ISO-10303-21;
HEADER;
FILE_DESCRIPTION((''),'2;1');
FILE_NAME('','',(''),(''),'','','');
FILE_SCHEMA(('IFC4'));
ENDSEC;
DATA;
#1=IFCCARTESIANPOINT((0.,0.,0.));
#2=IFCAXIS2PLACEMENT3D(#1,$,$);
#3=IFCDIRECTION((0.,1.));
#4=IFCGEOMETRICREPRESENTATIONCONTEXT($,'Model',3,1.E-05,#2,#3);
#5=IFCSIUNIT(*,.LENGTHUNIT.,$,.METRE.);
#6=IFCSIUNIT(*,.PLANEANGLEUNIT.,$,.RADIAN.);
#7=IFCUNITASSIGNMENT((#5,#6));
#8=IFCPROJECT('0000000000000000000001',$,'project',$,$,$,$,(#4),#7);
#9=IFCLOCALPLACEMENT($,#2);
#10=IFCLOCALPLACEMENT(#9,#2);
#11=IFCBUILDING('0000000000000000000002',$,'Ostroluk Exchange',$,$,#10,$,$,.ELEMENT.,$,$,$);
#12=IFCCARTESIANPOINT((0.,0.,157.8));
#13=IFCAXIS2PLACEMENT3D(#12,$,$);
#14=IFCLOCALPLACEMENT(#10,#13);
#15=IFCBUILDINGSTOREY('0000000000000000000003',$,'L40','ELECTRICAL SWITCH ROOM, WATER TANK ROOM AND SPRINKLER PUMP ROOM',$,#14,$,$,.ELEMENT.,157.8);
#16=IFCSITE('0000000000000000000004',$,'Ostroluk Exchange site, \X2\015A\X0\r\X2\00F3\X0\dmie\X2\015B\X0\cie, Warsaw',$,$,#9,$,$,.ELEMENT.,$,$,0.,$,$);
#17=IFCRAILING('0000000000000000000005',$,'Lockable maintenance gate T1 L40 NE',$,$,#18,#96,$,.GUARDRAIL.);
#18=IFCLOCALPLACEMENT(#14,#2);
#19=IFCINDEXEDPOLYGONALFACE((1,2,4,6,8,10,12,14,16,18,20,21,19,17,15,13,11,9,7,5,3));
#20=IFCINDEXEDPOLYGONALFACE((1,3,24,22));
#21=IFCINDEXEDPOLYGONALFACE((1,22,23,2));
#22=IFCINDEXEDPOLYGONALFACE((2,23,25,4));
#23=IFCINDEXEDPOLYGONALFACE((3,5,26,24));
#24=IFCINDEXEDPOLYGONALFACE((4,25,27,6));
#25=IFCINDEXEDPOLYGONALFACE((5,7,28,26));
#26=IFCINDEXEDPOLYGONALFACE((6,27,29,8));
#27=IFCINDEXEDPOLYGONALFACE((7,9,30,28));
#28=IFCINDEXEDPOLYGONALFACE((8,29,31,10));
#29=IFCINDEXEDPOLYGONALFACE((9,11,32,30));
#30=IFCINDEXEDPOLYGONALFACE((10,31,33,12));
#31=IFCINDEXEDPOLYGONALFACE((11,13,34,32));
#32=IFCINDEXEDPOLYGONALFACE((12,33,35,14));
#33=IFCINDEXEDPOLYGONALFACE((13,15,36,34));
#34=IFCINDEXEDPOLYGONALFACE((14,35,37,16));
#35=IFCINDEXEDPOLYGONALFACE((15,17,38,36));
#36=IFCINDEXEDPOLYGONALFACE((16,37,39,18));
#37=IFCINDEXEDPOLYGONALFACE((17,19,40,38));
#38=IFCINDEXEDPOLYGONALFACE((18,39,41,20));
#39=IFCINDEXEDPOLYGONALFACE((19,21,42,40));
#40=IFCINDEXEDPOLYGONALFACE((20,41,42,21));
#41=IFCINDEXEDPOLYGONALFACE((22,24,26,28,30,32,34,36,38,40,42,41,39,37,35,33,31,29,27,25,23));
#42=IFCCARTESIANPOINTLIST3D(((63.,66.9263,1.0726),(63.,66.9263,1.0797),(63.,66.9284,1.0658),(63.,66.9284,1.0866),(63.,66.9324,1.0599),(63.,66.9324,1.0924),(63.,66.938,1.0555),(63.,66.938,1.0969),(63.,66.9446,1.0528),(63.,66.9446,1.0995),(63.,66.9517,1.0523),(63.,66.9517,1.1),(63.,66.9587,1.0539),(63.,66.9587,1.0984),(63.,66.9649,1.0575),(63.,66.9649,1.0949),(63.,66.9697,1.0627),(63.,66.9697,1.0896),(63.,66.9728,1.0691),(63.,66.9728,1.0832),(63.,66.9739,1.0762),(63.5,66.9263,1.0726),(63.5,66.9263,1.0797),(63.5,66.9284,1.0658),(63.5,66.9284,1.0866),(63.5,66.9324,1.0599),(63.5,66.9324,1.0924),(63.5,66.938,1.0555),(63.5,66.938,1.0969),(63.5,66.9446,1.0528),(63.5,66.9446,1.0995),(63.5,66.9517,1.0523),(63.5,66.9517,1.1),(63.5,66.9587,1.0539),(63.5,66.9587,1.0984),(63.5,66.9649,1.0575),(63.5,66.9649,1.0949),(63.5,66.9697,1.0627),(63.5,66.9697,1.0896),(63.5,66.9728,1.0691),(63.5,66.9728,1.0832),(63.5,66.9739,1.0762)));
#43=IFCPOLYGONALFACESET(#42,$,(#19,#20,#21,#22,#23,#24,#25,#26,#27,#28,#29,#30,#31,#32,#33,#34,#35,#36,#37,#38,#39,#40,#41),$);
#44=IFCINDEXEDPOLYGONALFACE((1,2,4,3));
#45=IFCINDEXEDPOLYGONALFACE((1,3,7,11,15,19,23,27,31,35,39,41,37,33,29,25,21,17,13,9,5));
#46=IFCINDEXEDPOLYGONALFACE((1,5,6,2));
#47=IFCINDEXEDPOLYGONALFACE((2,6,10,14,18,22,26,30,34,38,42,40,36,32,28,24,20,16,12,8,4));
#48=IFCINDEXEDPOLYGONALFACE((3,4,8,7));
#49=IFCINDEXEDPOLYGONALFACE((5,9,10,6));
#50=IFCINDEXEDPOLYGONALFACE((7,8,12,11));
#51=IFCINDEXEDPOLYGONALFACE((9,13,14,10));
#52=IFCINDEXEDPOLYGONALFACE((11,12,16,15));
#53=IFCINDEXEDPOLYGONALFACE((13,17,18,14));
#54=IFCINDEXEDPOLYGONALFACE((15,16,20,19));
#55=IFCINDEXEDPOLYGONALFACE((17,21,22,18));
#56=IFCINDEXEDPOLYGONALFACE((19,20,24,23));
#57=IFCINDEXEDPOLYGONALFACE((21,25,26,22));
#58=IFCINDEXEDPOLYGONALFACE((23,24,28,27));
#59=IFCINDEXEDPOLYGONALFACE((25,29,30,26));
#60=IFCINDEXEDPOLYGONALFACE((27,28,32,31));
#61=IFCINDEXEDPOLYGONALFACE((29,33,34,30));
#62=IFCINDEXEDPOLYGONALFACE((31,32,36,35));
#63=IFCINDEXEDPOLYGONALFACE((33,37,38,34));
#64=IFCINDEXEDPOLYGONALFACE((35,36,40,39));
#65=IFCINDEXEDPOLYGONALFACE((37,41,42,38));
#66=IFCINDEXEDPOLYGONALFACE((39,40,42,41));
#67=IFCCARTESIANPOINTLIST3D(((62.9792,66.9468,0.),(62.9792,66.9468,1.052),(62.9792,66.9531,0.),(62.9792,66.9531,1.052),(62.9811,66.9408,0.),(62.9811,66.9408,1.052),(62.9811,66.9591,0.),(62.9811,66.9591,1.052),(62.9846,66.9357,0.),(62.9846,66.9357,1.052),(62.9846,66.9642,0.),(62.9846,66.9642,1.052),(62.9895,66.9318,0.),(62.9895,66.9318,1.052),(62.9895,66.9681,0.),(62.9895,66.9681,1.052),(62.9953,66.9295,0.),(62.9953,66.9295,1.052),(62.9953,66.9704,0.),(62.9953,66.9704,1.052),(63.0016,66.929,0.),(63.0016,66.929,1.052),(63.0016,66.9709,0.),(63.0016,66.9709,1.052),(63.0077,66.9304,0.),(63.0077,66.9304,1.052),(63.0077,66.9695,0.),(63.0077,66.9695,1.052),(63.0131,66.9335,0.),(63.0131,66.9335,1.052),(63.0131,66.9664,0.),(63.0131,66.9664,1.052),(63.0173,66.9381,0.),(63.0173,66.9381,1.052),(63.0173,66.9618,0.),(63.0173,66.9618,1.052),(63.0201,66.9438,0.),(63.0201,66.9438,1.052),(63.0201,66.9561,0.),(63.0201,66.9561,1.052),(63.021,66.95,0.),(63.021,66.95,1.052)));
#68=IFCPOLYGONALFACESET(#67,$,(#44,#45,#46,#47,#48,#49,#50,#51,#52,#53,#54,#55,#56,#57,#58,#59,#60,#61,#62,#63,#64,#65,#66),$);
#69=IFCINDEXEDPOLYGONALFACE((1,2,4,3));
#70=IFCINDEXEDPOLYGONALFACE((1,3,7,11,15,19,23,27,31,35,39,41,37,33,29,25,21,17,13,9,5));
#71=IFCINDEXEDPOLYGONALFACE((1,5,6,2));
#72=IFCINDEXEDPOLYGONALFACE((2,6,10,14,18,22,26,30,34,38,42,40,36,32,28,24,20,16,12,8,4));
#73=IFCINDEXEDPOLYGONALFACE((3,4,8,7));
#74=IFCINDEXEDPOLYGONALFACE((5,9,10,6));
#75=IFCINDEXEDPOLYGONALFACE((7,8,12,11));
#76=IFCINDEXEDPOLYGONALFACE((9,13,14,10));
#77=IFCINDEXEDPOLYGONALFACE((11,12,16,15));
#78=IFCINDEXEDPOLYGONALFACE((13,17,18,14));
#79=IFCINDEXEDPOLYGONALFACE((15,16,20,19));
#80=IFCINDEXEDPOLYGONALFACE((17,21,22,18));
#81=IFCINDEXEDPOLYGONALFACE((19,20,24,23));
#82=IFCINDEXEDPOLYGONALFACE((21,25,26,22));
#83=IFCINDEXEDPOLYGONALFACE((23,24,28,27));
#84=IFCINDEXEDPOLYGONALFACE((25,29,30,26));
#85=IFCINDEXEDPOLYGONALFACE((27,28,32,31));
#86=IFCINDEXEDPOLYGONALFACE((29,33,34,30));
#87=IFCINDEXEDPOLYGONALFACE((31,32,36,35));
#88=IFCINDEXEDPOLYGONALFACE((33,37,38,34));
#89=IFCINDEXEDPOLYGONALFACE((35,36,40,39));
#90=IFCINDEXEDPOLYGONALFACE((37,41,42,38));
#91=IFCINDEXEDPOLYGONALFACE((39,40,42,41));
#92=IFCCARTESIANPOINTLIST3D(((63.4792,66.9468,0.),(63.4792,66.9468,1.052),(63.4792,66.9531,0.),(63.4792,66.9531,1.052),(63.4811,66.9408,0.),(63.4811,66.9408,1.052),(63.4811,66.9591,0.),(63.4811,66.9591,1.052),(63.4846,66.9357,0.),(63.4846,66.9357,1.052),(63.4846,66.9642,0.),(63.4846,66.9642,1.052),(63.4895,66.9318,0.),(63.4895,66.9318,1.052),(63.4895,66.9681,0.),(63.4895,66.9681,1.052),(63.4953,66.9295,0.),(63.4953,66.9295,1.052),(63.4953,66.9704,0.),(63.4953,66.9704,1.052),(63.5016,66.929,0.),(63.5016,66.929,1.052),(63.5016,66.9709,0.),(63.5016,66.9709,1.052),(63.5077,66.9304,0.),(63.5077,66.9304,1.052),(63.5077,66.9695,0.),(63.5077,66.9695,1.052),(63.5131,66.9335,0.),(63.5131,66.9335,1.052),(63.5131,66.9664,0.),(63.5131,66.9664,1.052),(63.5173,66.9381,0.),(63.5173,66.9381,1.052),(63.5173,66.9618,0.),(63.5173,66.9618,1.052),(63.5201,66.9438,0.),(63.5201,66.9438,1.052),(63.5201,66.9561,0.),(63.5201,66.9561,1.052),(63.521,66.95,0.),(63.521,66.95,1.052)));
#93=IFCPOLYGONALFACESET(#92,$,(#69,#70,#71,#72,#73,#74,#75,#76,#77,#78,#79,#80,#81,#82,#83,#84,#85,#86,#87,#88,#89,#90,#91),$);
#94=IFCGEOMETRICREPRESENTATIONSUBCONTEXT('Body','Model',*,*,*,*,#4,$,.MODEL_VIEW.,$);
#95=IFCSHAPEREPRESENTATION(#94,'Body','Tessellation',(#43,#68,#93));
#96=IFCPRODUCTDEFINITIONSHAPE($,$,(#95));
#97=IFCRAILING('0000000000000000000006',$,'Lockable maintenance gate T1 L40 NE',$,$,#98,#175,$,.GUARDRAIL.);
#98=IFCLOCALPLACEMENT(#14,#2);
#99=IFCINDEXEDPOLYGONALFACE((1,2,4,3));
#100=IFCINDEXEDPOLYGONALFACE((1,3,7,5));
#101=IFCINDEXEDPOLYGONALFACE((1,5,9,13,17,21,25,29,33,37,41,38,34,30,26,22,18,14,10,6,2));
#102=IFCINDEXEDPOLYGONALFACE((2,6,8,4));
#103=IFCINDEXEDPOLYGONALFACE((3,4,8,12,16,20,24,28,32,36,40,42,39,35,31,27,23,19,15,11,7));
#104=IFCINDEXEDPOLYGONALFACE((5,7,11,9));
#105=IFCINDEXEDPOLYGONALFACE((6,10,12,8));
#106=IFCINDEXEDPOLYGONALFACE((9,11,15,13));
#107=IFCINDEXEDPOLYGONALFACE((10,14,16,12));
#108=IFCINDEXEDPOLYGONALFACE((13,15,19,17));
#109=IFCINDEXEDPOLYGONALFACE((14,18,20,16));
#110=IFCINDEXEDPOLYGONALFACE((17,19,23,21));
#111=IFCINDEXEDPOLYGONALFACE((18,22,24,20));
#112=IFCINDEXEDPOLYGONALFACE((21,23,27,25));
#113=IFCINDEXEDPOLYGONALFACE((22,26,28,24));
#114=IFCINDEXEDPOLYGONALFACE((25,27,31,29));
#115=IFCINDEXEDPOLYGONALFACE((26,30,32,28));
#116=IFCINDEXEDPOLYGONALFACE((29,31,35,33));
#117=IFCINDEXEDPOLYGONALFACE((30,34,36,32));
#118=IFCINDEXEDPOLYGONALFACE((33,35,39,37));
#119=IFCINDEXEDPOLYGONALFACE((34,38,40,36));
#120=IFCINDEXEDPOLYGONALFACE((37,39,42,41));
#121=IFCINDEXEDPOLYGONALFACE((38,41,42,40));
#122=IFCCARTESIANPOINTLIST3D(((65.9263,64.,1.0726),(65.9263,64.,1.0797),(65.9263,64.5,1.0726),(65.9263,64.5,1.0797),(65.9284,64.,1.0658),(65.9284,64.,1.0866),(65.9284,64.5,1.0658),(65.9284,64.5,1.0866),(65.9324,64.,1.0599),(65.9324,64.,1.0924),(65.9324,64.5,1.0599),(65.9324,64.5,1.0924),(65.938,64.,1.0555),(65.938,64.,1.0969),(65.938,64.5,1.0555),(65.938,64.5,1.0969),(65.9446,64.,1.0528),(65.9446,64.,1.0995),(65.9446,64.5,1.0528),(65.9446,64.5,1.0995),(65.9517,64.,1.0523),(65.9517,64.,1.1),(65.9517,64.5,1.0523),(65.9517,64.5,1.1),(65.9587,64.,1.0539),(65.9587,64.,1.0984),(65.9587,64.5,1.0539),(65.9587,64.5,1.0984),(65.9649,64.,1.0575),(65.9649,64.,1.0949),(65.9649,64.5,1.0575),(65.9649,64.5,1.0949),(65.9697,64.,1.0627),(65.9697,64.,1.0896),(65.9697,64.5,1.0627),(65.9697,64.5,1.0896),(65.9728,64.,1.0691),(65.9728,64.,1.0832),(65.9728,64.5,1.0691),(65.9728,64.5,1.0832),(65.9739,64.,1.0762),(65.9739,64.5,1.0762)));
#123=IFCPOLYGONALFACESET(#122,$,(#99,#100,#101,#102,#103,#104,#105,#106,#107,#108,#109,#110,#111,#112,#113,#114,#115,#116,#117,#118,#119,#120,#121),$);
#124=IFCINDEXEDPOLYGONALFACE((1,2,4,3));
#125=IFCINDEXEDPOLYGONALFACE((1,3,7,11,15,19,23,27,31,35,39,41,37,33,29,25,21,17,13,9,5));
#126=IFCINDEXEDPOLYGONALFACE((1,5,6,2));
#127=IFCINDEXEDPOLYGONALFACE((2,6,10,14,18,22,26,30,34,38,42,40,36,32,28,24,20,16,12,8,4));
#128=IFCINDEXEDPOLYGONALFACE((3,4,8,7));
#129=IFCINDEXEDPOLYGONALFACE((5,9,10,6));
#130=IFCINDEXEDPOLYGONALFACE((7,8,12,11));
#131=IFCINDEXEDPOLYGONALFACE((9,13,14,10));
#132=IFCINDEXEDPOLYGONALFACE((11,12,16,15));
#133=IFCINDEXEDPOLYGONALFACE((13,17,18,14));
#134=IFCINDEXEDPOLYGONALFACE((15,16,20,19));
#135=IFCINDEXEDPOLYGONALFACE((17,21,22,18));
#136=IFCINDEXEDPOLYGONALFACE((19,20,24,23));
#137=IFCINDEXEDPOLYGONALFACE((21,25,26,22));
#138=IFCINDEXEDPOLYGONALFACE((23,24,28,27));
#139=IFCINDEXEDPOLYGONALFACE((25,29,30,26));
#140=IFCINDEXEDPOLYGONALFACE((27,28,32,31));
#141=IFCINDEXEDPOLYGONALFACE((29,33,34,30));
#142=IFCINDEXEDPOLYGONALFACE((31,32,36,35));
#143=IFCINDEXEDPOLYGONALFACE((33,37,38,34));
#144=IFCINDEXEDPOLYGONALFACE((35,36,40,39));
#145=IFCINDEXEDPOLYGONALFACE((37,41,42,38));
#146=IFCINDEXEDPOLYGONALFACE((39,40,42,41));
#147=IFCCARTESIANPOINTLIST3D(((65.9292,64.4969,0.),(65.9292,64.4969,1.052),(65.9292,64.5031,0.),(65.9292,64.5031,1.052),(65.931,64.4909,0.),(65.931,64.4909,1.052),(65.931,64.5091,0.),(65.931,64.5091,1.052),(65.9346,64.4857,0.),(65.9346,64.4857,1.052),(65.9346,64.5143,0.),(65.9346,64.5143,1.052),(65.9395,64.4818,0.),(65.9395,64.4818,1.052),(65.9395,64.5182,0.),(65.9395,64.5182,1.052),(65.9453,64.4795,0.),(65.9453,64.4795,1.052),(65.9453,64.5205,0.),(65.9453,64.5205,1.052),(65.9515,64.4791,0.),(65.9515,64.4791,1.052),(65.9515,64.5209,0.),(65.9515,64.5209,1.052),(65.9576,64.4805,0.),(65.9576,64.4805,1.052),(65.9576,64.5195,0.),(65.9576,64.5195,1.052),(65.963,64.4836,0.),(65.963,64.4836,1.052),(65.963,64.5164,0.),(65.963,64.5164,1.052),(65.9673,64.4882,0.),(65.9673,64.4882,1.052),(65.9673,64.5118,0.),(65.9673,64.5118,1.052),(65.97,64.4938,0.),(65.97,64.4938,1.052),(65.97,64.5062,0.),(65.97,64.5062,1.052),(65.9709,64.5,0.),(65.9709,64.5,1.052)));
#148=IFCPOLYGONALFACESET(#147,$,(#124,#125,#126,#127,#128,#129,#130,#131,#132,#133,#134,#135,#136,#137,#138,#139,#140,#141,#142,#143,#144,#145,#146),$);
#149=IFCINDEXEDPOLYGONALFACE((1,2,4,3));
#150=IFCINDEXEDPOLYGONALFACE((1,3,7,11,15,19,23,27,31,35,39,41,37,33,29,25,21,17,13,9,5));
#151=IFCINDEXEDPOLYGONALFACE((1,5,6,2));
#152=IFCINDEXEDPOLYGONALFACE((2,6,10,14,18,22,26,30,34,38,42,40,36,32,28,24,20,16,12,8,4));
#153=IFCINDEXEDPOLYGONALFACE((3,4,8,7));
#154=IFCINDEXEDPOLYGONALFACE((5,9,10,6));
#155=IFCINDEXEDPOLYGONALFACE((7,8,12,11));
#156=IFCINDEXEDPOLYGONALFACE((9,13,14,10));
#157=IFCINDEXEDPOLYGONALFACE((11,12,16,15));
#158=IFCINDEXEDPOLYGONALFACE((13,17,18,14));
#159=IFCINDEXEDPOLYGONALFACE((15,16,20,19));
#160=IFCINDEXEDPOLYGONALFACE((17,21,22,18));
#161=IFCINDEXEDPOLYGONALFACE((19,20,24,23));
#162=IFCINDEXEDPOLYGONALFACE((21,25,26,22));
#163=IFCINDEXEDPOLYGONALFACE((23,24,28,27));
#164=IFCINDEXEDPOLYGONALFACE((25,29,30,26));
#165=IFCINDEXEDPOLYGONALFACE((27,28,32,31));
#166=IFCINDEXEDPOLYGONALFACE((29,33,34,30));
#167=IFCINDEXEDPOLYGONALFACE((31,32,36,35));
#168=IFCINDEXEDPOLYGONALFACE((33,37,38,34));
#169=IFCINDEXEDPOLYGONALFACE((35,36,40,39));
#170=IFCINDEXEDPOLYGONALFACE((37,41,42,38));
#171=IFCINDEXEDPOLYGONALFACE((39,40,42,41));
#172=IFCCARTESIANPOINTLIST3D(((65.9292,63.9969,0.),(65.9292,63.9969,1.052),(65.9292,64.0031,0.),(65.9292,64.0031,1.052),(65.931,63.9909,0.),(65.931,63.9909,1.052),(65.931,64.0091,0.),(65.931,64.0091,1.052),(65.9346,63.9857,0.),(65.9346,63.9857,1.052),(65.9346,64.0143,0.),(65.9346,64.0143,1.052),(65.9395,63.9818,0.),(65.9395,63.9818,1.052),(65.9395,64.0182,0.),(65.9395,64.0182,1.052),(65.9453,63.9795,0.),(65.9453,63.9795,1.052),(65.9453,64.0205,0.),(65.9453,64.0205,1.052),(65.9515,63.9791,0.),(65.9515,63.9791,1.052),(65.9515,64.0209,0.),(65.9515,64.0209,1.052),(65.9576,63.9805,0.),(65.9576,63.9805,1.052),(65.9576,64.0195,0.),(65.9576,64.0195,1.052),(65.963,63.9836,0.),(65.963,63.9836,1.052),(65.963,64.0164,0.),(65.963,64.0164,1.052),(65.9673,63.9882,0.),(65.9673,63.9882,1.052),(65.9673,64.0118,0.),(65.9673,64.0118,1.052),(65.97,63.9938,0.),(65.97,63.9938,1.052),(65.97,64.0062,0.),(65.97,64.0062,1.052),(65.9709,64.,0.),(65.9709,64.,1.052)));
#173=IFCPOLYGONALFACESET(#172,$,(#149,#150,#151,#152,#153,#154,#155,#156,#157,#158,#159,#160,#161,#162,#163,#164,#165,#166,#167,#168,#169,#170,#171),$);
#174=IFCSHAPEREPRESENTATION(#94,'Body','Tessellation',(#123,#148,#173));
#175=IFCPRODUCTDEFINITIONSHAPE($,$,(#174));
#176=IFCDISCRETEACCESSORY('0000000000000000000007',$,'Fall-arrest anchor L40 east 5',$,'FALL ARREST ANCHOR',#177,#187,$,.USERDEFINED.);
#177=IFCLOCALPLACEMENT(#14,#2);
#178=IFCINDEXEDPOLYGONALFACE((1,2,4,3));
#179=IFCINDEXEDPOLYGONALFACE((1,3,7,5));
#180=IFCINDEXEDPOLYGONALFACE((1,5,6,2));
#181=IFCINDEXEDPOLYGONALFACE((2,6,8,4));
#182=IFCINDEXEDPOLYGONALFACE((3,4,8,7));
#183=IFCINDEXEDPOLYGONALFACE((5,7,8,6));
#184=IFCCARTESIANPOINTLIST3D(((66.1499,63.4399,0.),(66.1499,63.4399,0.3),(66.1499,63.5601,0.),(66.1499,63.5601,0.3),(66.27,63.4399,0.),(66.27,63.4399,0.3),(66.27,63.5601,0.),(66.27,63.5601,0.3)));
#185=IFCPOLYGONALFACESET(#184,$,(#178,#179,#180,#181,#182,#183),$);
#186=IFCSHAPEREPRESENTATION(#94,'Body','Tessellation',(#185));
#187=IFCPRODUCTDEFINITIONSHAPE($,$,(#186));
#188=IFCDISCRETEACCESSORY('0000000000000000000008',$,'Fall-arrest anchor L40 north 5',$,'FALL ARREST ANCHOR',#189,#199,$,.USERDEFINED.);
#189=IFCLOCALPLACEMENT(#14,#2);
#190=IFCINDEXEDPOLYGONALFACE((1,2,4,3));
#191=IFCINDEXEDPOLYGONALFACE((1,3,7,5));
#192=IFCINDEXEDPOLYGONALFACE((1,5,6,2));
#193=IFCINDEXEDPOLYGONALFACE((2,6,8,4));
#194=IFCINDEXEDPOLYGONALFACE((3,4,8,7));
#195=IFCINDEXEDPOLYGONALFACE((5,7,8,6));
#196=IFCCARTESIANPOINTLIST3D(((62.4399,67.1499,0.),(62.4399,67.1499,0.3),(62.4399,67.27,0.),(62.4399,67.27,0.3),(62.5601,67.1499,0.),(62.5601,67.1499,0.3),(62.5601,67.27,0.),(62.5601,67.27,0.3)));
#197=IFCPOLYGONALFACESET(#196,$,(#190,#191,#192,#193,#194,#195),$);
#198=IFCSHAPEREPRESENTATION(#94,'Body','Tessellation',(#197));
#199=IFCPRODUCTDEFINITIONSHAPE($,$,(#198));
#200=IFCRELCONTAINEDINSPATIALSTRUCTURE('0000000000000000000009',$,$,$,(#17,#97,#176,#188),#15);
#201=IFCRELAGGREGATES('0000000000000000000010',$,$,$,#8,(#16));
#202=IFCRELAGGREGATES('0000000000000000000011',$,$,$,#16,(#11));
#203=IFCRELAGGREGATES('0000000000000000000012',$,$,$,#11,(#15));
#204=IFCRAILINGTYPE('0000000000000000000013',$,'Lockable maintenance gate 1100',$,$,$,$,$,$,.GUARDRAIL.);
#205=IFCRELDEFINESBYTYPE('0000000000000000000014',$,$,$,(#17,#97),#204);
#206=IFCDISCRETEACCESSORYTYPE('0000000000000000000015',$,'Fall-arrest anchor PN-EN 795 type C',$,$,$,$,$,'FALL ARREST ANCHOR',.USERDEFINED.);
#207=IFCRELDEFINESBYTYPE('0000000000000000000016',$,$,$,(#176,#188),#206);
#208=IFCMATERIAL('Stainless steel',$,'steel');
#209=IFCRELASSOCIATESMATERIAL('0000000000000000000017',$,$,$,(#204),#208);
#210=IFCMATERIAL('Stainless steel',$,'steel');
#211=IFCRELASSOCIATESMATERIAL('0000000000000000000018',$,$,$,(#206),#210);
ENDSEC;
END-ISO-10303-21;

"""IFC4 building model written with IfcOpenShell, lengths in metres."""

from ifc_helpers import new_model, si_unit, direction, frame, origin, origin_2d, place, context, subcontext, project, spatial, rectangle, circle, extrude, material, type_object, element, save


model = new_model("IFC4")

# Units and contexts
model_context = context("Model", 3, precision=1e-05, world=origin(), true_north=direction((0.0, 1.0)))
body_context = subcontext(model_context, "Body", "Model", "MODEL_VIEW")
ifc_project = project(units=[si_unit("LENGTHUNIT", "METRE"), si_unit("PLANEANGLEUNIT", "RADIAN")], contexts=[model_context])

# Site, building, storey
site_placement = place(None, origin())
site = spatial("IfcSite", under=ifc_project, at=site_placement, Name="Ostroluk Exchange site, Śródmieście, Warsaw", CompositionType="ELEMENT", RefElevation=0.0)
building_placement = place(site_placement, origin())
building = spatial("IfcBuilding", under=site, at=building_placement, Name="Ostroluk Exchange", CompositionType="ELEMENT")
storey_placement = place(building_placement, frame((0.0, 0.0, 157.8)))
storey = spatial("IfcBuildingStorey", under=building, at=storey_placement, Name="L40", Description="ELECTRICAL SWITCH ROOM, WATER TANK ROOM AND SPRINKLER PUMP ROOM", CompositionType="ELEMENT", Elevation=157.8)

# Railings
ifc_material_1 = material(Name="Stainless steel", Category="steel")
railing_type_1 = type_object("IfcRailingType", Name="Lockable maintenance gate 1100", PredefinedType="GUARDRAIL", material=ifc_material_1)
railing_1_placement = place(storey_placement, frame((63.0, 66.95, 0.0)))
element("IfcRailing", 1, at=railing_1_placement, inside=storey, type_object=railing_type_1, Name="Lockable maintenance gate T1 L40 NE", PredefinedType="GUARDRAIL", context=body_context, shape_type="SweptSolid", body=[
    extrude(circle(Radius=0.0239, at=origin_2d()), frame((0.0, 0.0, 1.0762), z_axis=(1.0, 0.0, 0.0), x_axis=(0.0, 1.0, 0.0)), (0.0, 0.0, 1.0), 0.5),
    extrude(circle(Radius=0.021, at=origin_2d()), origin(), (0.0, 0.0, 1.0), 1.052),
    extrude(circle(Radius=0.021, at=origin_2d()), frame((0.5, 0.0, 0.0)), (0.0, 0.0, 1.0), 1.052),
])
railing_2_placement = place(storey_placement, frame((65.95, 64.5, 0.0)))
element("IfcRailing", 2, at=railing_2_placement, inside=storey, type_object=railing_type_1, Name="Lockable maintenance gate T1 L40 NE", PredefinedType="GUARDRAIL", context=body_context, shape_type="SweptSolid", body=[
    extrude(circle(Radius=0.0239, at=origin_2d()), frame((0.0, 0.0, 1.0762), z_axis=(0.0, -1.0, 0.0), x_axis=(1.0, 0.0, 0.0)), (0.0, 0.0, 1.0), 0.5),
    extrude(circle(Radius=0.021, at=origin_2d()), origin(), (0.0, 0.0, 1.0), 1.052),
    extrude(circle(Radius=0.021, at=origin_2d()), frame((0.0, -0.5, 0.0)), (0.0, 0.0, 1.0), 1.052),
])

# Discrete accessories
ifc_material_2 = material(Name="Stainless steel", Category="steel")
discrete_accessory_type = type_object("IfcDiscreteAccessoryType", Name="Fall-arrest anchor PN-EN 795 type C", ElementType="FALL ARREST ANCHOR", PredefinedType="USERDEFINED", material=ifc_material_2)
for number, where, z_axis, x_axis, name in (
    (3, (66.21, 63.5, 0.0), (0.0, 0.0, 1.0), (1.0, 0.0, 0.0), "Fall-arrest anchor L40 east 5"),
    (4, (62.5, 67.21, 0.0), (0.0, 0.0, 1.0), (1.0, 0.0, 0.0), "Fall-arrest anchor L40 north 5"),
):
    element("IfcDiscreteAccessory", number, at=place(storey_placement, frame(where, z_axis=z_axis, x_axis=x_axis)), inside=storey, type_object=discrete_accessory_type, Name=name, ObjectType="FALL ARREST ANCHOR", PredefinedType="USERDEFINED", context=body_context, shape_type="SweptSolid", body=[
        extrude(rectangle(XDim=0.1201, YDim=0.1201, at=origin_2d()), origin(), (0.0, 0.0, 1.0), 0.3),
    ])

save(model, "model.ifc")
